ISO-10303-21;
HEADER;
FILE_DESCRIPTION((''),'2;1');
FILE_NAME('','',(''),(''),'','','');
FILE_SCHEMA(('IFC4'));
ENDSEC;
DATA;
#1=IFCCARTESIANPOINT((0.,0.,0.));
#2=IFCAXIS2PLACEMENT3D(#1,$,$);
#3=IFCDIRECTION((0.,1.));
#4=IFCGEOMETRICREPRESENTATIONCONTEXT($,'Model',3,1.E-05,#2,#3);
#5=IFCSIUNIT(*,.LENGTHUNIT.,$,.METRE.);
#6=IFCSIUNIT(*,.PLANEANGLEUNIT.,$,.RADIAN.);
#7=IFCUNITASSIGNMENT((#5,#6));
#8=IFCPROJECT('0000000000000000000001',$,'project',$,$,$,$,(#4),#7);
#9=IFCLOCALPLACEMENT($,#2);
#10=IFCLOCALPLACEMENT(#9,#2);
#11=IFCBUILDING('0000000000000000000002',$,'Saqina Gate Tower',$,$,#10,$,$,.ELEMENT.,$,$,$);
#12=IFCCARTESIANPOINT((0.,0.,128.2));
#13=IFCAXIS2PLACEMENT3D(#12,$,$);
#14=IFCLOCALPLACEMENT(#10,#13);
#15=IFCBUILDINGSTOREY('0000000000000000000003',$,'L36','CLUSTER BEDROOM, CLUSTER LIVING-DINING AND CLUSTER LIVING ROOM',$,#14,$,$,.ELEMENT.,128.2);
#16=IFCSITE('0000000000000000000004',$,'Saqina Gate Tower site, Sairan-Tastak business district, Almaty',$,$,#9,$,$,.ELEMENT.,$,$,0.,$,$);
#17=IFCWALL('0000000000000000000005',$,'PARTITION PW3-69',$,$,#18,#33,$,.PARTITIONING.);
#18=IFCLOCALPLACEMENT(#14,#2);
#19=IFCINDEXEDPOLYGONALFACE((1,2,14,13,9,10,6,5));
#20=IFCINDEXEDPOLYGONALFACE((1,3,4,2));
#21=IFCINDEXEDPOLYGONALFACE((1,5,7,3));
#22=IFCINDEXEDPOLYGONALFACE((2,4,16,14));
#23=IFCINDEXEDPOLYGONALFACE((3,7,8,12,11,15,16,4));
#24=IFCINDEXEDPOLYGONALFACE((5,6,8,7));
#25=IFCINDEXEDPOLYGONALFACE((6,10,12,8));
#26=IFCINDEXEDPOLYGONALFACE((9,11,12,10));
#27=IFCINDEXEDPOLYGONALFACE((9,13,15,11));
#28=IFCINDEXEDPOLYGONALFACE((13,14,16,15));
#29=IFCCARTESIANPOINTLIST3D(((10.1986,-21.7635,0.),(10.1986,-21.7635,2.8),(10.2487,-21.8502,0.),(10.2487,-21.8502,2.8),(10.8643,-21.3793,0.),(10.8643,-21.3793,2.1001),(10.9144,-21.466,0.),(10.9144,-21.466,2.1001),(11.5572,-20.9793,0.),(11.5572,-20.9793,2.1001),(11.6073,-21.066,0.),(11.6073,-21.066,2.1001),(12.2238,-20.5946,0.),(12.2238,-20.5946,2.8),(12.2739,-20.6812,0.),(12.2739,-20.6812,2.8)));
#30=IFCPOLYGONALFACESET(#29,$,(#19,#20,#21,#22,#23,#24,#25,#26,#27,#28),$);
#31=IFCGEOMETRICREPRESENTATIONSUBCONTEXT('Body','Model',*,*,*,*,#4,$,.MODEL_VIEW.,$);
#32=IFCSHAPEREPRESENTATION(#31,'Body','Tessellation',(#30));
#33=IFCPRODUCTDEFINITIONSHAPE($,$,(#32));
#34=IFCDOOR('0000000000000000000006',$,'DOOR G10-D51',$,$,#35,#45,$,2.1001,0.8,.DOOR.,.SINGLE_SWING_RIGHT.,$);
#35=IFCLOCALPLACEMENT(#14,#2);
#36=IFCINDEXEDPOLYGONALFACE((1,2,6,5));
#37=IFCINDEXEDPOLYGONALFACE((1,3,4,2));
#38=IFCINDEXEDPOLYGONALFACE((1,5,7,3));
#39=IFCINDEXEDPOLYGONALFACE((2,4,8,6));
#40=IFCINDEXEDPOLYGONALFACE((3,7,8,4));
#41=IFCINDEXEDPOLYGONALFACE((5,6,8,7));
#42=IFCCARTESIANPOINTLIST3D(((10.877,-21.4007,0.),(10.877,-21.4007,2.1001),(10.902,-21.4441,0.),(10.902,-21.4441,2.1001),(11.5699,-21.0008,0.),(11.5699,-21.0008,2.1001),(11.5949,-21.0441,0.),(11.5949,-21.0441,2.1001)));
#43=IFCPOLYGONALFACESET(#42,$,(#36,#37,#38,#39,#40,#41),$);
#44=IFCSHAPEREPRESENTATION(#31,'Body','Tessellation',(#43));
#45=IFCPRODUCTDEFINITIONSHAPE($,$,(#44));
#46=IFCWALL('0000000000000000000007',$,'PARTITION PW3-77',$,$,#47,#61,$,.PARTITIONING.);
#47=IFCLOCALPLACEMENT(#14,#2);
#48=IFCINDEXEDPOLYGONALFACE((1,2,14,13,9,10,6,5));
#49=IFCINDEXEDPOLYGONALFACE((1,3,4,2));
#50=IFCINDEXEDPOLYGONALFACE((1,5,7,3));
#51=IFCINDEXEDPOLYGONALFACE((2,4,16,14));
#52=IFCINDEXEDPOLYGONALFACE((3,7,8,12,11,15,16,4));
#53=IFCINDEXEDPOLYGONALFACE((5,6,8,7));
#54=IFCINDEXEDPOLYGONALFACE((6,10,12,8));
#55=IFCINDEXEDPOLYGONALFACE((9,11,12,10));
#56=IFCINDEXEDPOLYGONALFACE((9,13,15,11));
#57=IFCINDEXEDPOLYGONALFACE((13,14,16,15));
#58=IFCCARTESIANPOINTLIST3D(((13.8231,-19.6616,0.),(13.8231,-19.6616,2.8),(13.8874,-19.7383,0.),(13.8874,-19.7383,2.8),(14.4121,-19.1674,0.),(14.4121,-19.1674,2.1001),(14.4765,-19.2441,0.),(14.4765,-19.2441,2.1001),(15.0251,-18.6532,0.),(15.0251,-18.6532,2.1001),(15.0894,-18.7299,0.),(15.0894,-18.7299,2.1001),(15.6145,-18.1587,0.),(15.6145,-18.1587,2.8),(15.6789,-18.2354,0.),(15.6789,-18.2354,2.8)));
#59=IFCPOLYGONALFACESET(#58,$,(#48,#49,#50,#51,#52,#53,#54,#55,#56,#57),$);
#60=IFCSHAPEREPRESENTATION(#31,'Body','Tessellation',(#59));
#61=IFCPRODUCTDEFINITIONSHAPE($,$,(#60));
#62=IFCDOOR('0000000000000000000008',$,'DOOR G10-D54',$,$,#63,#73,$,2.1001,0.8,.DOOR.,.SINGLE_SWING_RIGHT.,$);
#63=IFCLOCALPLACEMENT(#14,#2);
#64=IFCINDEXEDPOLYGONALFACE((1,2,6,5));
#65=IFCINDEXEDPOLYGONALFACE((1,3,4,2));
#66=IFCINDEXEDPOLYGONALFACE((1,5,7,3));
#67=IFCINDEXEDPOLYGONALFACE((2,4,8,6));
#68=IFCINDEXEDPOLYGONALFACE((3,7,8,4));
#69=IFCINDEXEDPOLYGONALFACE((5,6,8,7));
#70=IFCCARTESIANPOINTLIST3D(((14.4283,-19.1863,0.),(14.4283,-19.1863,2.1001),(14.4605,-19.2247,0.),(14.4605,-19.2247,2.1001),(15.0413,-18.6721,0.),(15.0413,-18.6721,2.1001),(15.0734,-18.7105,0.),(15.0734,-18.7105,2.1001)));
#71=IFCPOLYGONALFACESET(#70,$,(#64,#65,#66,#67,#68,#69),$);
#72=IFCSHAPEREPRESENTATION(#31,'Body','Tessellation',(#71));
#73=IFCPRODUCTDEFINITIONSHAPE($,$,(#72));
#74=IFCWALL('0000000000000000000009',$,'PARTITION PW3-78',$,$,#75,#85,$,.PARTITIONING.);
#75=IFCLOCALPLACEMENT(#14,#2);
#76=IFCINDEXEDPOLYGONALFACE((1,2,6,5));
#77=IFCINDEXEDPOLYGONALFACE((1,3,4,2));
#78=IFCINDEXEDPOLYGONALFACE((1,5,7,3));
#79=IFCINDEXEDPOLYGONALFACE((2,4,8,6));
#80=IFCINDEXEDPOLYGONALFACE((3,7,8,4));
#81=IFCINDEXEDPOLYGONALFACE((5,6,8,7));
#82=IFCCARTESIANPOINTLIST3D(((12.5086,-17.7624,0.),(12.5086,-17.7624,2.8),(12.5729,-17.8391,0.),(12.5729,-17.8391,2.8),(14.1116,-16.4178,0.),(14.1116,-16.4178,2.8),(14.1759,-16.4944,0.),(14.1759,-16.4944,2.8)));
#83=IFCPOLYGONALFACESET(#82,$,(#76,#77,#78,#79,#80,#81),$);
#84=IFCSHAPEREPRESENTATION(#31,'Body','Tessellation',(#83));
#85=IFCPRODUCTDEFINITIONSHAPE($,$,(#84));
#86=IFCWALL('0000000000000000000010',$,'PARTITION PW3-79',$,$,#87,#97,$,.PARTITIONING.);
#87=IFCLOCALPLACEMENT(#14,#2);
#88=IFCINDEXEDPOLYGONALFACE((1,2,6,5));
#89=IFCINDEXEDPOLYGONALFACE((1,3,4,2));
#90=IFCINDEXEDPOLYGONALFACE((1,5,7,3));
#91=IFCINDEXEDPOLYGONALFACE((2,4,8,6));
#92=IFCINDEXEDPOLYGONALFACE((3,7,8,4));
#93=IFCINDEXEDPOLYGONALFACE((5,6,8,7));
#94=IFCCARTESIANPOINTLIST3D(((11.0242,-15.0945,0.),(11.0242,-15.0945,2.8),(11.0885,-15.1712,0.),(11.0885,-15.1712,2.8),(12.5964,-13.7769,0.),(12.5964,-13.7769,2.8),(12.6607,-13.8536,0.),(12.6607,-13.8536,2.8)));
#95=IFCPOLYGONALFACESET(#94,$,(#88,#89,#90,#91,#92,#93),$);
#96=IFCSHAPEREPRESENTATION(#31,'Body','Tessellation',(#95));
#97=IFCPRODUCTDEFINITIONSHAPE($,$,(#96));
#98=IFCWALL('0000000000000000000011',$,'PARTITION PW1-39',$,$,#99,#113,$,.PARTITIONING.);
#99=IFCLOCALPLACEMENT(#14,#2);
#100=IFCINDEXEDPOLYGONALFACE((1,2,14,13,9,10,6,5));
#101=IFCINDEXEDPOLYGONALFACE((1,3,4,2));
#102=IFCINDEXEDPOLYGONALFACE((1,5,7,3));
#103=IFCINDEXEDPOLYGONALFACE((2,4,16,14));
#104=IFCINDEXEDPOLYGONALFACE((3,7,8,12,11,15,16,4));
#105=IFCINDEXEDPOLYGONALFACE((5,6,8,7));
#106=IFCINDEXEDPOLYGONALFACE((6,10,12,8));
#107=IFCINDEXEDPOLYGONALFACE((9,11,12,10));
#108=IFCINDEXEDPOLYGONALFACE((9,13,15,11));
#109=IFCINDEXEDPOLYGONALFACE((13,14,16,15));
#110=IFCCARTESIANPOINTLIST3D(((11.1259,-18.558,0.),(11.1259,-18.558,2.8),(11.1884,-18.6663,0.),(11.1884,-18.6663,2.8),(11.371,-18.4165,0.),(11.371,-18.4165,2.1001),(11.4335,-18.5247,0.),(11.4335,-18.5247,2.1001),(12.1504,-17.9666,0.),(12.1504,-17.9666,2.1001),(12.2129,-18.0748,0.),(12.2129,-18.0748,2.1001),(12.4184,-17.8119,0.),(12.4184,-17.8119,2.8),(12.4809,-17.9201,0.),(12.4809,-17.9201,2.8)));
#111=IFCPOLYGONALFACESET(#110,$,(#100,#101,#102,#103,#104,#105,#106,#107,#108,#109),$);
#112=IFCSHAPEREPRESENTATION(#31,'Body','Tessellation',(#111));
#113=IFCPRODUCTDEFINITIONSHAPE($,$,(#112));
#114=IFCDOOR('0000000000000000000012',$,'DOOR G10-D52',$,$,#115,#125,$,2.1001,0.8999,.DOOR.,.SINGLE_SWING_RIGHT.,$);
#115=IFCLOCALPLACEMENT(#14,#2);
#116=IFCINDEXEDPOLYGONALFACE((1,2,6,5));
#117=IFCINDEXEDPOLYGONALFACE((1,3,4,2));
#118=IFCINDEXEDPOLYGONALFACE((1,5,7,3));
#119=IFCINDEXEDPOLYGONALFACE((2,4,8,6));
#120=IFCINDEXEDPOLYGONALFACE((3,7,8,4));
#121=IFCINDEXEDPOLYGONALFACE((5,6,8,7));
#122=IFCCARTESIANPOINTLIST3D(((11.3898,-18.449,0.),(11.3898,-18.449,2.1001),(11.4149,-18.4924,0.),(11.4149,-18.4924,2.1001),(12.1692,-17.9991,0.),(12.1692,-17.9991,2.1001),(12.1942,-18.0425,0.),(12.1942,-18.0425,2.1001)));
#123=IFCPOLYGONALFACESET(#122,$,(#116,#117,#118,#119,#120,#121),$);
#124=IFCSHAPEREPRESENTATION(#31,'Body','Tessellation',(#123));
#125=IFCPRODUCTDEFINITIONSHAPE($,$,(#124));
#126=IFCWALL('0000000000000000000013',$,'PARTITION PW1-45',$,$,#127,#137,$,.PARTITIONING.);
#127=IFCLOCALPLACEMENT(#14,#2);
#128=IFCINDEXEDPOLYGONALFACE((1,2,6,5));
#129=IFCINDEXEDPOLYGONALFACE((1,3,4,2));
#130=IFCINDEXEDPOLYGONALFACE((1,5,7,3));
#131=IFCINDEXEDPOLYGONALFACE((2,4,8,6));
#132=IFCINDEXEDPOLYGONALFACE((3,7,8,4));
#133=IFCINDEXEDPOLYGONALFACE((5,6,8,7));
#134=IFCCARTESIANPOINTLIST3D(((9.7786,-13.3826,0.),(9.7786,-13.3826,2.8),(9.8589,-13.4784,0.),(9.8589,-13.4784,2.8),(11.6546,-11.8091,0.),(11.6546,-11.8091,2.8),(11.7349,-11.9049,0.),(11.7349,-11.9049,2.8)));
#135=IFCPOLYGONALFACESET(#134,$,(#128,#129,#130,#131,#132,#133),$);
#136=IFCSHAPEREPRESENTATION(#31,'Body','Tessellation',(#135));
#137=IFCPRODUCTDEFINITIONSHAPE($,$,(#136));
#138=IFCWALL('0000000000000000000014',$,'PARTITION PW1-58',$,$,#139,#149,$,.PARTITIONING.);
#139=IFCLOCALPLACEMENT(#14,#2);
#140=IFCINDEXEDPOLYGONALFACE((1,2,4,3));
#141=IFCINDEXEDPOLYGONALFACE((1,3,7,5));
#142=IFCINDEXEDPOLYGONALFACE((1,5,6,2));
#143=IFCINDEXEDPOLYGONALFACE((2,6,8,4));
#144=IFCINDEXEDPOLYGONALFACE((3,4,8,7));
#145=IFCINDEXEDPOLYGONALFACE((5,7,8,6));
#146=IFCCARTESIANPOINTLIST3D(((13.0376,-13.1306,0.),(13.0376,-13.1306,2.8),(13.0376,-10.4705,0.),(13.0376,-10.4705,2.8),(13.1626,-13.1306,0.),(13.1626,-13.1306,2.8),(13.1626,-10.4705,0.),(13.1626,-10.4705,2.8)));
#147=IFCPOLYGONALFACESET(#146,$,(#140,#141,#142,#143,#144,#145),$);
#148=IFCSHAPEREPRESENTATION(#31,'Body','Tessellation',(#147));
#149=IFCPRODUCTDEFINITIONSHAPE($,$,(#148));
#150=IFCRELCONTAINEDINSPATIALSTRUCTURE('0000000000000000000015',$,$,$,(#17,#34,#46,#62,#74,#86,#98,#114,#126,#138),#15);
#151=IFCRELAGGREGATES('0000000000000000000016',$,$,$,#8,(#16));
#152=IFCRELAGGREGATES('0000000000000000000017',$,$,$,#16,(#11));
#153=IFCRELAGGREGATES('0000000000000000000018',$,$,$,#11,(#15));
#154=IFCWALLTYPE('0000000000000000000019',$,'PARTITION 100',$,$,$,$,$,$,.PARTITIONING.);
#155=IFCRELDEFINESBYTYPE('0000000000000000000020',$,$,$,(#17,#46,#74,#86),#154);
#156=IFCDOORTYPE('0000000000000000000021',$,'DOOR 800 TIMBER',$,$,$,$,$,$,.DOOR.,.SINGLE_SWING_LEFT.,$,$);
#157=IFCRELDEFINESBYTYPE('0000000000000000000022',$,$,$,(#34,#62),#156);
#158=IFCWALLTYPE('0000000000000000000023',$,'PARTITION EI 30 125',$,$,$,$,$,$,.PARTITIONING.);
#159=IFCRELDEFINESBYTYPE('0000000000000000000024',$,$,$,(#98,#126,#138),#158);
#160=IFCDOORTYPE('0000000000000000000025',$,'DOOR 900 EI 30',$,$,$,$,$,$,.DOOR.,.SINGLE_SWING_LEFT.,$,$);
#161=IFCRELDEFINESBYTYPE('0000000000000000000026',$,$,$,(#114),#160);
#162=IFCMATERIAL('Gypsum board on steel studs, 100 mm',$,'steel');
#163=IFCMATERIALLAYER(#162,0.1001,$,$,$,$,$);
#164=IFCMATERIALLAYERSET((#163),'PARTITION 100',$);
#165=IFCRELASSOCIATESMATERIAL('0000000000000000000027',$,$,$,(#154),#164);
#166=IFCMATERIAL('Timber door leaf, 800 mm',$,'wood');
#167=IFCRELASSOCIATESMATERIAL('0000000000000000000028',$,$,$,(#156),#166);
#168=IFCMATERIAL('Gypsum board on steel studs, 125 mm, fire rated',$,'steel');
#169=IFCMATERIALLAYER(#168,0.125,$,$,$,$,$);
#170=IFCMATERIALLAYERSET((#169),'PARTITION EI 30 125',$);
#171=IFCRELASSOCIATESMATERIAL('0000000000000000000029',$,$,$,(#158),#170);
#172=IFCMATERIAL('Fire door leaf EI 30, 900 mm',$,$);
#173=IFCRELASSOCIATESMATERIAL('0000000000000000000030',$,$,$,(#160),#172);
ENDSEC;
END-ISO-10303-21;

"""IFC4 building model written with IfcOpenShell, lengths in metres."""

from ifc_helpers import new_model, si_unit, direction, frame, frame_2d, origin, place, context, subcontext, project, spatial, rectangle, extrude, material, layer, layer_set, type_object, element, fill, save


model = new_model("IFC4")

# Units and contexts
model_context = context("Model", 3, precision=1e-05, world=origin(), true_north=direction((0.0, 1.0)))
body_context = subcontext(model_context, "Body", "Model", "MODEL_VIEW")
ifc_project = project(units=[si_unit("LENGTHUNIT", "METRE"), si_unit("PLANEANGLEUNIT", "RADIAN")], contexts=[model_context])

# Site, building, storey
site_placement = place(None, origin())
site = spatial("IfcSite", under=ifc_project, at=site_placement, Name="Saqina Gate Tower site, Sairan-Tastak business district, Almaty", CompositionType="ELEMENT", RefElevation=0.0)
building_placement = place(site_placement, origin())
building = spatial("IfcBuilding", under=site, at=building_placement, Name="Saqina Gate Tower", CompositionType="ELEMENT")
storey_placement = place(building_placement, frame((0.0, 0.0, 128.2)))
storey = spatial("IfcBuildingStorey", under=building, at=storey_placement, Name="L36", Description="CLUSTER BEDROOM, CLUSTER LIVING-DINING AND CLUSTER LIVING ROOM", CompositionType="ELEMENT", Elevation=128.2)

# Shared definitions
ifc_material_1 = material(Name="Gypsum board on steel studs, 100 mm", Category="steel")
ifc_layer_1 = layer(ifc_material_1, 0.1001)
ifc_layer_set_1 = layer_set([ifc_layer_1], Name="PARTITION 100")
wall_type_1 = type_object("IfcWallType", Name="PARTITION 100", PredefinedType="PARTITIONING", material=ifc_layer_set_1)

# Shared definitions
ifc_material_2 = material(Name="Timber door leaf, 800 mm", Category="wood")
door_type_1 = type_object("IfcDoorType", Name="DOOR 800 TIMBER", OperationType="SINGLE_SWING_LEFT", PredefinedType="DOOR", material=ifc_material_2)

# Walls, openings, doors
wall_1_placement = place(storey_placement, frame((10.2236, -21.8069, 0.0), z_axis=(0.0, 0.0, 1.0), x_axis=(0.866076, 0.499912, 0.0)))
wall_1 = element("IfcWall", 1, at=wall_1_placement, inside=storey, type_object=wall_type_1, Name="PARTITION PW3-69", PredefinedType="PARTITIONING", context=body_context, shape_type="SweptSolid", body=[
    extrude(rectangle(XDim=2.3384, YDim=0.1001, at=frame_2d((1.1692, 0.0))), origin(), (0.0, 0.0, 1.0), 2.8),
])
opening_1_placement = place(wall_1_placement, frame((0.7688, 0.0, 0.0)))
opening_1 = element("IfcOpeningElement", 2, at=opening_1_placement, cuts=wall_1, PredefinedType="OPENING", context=body_context, shape_type="SweptSolid", body=[
    extrude(rectangle(XDim=0.8, YDim=2.1001, at=frame_2d((0.3999, 1.05))), frame((0.0, 0.062, 0.0), z_axis=(0.0, -1.0, 0.0), x_axis=(1.0, 0.0, 0.0)), (0.0, 0.0, 1.0), 0.124),
])
door_1_placement = place(opening_1_placement, frame((0.8, 0.0, 0.0), z_axis=(0.0, 0.0, 1.0), x_axis=(-1.0, 0.0, 0.0)))
door_1 = element("IfcDoor", 3, at=door_1_placement, inside=storey, type_object=door_type_1, Name="DOOR G10-D51", OperationType="SINGLE_SWING_RIGHT", OverallHeight=2.1001, OverallWidth=0.8, PredefinedType="DOOR", context=body_context, shape_type="SweptSolid", body=[
    extrude(rectangle(XDim=0.8, YDim=2.1001, at=frame_2d((0.3999, 1.05))), frame((0.0, 0.0249, 0.0), z_axis=(0.0, -1.0, 0.0), x_axis=(1.0, 0.0, 0.0)), (0.0, 0.0, 1.0), 0.05),
])
fill(opening_1, door_1)
wall_2_placement = place(storey_placement, frame((13.8552, -19.7, 0.0), z_axis=(0.0, 0.0, 1.0), x_axis=(0.766112, 0.642707, 0.0)))
wall_2 = element("IfcWall", 4, at=wall_2_placement, inside=storey, type_object=wall_type_1, Name="PARTITION PW3-77", PredefinedType="PARTITIONING", context=body_context, shape_type="SweptSolid", body=[
    extrude(rectangle(XDim=2.3384, YDim=0.1001, at=frame_2d((1.1692, 0.0))), origin(), (0.0, 0.0, 1.0), 2.8),
])
opening_2_placement = place(wall_2_placement, frame((0.769, 0.0, 0.0)))
opening_2 = element("IfcOpeningElement", 5, at=opening_2_placement, cuts=wall_2, PredefinedType="OPENING", context=body_context, shape_type="SweptSolid", body=[
    extrude(rectangle(XDim=0.8, YDim=2.1001, at=frame_2d((0.3999, 1.05))), frame((0.0, 0.062, 0.0), z_axis=(0.0, -1.0, 0.0), x_axis=(1.0, 0.0, 0.0)), (0.0, 0.0, 1.0), 0.124),
])
door_2_placement = place(opening_2_placement, frame((0.8, 0.0, 0.0), z_axis=(0.0, 0.0, 1.0), x_axis=(-1.0, 0.0, 0.0)))
door_2 = element("IfcDoor", 6, at=door_2_placement, inside=storey, type_object=door_type_1, Name="DOOR G10-D54", OperationType="SINGLE_SWING_RIGHT", OverallHeight=2.1001, OverallWidth=0.8, PredefinedType="DOOR", context=body_context, shape_type="SweptSolid", body=[
    extrude(rectangle(XDim=0.8, YDim=2.1001, at=frame_2d((0.3999, 1.05))), frame((0.0, 0.0249, 0.0), z_axis=(0.0, -1.0, 0.0), x_axis=(1.0, 0.0, 0.0)), (0.0, 0.0, 1.0), 0.05),
])
fill(opening_2, door_2)

# Walls
wall_3_placement = place(storey_placement, frame((12.5408, -17.8008, 0.0), z_axis=(0.0, 0.0, 1.0), x_axis=(0.766132, 0.642683, 0.0)))
element("IfcWall", 7, at=wall_3_placement, inside=storey, type_object=wall_type_1, Name="PARTITION PW3-78", PredefinedType="PARTITIONING", context=body_context, shape_type="SweptSolid", body=[
    extrude(rectangle(XDim=2.0923, YDim=0.1001, at=frame_2d((1.0461, 0.0))), origin(), (0.0, 0.0, 1.0), 2.8),
])
wall_4_placement = place(storey_placement, frame((11.0564, -15.1328, 0.0), z_axis=(0.0, 0.0, 1.0), x_axis=(0.766443, 0.642312, 0.0)))
element("IfcWall", 8, at=wall_4_placement, inside=storey, type_object=wall_type_1, Name="PARTITION PW3-79", PredefinedType="PARTITIONING", context=body_context, shape_type="SweptSolid", body=[
    extrude(rectangle(XDim=2.0513, YDim=0.1001, at=frame_2d((1.0256, 0.0))), origin(), (0.0, 0.0, 1.0), 2.8),
])

# Wall, opening, door
ifc_material_3 = material(Name="Gypsum board on steel studs, 125 mm, fire rated", Category="steel")
ifc_layer_2 = layer(ifc_material_3, 0.125)
ifc_layer_set_2 = layer_set([ifc_layer_2], Name="PARTITION EI 30 125")
wall_type_2 = type_object("IfcWallType", Name="PARTITION EI 30 125", PredefinedType="PARTITIONING", material=ifc_layer_set_2)
wall_5_placement = place(storey_placement, frame((11.1572, -18.6121, 0.0), z_axis=(0.0, 0.0, 1.0), x_axis=(0.86606, 0.49994, 0.0)))
wall_5 = element("IfcWall", 9, at=wall_5_placement, inside=storey, type_object=wall_type_2, Name="PARTITION PW1-39", PredefinedType="PARTITIONING", context=body_context, shape_type="SweptSolid", body=[
    extrude(rectangle(XDim=1.4924, YDim=0.125, at=frame_2d((0.7461, 0.0))), origin(), (0.0, 0.0, 1.0), 2.8),
])
opening_3_placement = place(wall_5_placement, frame((0.283, 0.0, 0.0)))
opening_3 = element("IfcOpeningElement", 10, at=opening_3_placement, cuts=wall_5, PredefinedType="OPENING", context=body_context, shape_type="SweptSolid", body=[
    extrude(rectangle(XDim=0.8999, YDim=2.1001, at=frame_2d((0.45, 1.05))), frame((0.0, 0.0745, 0.0), z_axis=(0.0, -1.0, 0.0), x_axis=(1.0, 0.0, 0.0)), (0.0, 0.0, 1.0), 0.1489),
])
ifc_material_4 = material(Name="Fire door leaf EI 30, 900 mm")
door_type_2 = type_object("IfcDoorType", Name="DOOR 900 EI 30", OperationType="SINGLE_SWING_LEFT", PredefinedType="DOOR", material=ifc_material_4)
door_3_placement = place(opening_3_placement, origin())
door_3 = element("IfcDoor", 11, at=door_3_placement, inside=storey, type_object=door_type_2, Name="DOOR G10-D52", OperationType="SINGLE_SWING_RIGHT", OverallHeight=2.1001, OverallWidth=0.8999, PredefinedType="DOOR", context=body_context, shape_type="SweptSolid", body=[
    extrude(rectangle(XDim=0.8999, YDim=2.1001, at=frame_2d((0.45, 1.05))), frame((0.0, 0.0249, 0.0), z_axis=(0.0, -1.0, 0.0), x_axis=(1.0, 0.0, 0.0)), (0.0, 0.0, 1.0), 0.05),
])
fill(opening_3, door_3)

# Walls
wall_6_placement = place(storey_placement, frame((9.8188, -13.4304, 0.0), z_axis=(0.0, 0.0, 1.0), x_axis=(0.766174, 0.642633, 0.0)))
element("IfcWall", 12, at=wall_6_placement, inside=storey, type_object=wall_type_2, Name="PARTITION PW1-45", PredefinedType="PARTITIONING", context=body_context, shape_type="SweptSolid", body=[
    extrude(rectangle(XDim=2.4485, YDim=0.125, at=frame_2d((1.2241, 0.0))), origin(), (0.0, 0.0, 1.0), 2.8),
])
wall_7_placement = place(storey_placement, frame((13.1001, -13.1306, 0.0), z_axis=(0.0, 0.0, 1.0), x_axis=(0.0, 1.0, 0.0)))
element("IfcWall", 13, at=wall_7_placement, inside=storey, type_object=wall_type_2, Name="PARTITION PW1-58", PredefinedType="PARTITIONING", context=body_context, shape_type="SweptSolid", body=[
    extrude(rectangle(XDim=2.6602, YDim=0.125, at=frame_2d((1.3301, 0.0))), origin(), (0.0, 0.0, 1.0), 2.8),
])

save(model, "model.ifc")
